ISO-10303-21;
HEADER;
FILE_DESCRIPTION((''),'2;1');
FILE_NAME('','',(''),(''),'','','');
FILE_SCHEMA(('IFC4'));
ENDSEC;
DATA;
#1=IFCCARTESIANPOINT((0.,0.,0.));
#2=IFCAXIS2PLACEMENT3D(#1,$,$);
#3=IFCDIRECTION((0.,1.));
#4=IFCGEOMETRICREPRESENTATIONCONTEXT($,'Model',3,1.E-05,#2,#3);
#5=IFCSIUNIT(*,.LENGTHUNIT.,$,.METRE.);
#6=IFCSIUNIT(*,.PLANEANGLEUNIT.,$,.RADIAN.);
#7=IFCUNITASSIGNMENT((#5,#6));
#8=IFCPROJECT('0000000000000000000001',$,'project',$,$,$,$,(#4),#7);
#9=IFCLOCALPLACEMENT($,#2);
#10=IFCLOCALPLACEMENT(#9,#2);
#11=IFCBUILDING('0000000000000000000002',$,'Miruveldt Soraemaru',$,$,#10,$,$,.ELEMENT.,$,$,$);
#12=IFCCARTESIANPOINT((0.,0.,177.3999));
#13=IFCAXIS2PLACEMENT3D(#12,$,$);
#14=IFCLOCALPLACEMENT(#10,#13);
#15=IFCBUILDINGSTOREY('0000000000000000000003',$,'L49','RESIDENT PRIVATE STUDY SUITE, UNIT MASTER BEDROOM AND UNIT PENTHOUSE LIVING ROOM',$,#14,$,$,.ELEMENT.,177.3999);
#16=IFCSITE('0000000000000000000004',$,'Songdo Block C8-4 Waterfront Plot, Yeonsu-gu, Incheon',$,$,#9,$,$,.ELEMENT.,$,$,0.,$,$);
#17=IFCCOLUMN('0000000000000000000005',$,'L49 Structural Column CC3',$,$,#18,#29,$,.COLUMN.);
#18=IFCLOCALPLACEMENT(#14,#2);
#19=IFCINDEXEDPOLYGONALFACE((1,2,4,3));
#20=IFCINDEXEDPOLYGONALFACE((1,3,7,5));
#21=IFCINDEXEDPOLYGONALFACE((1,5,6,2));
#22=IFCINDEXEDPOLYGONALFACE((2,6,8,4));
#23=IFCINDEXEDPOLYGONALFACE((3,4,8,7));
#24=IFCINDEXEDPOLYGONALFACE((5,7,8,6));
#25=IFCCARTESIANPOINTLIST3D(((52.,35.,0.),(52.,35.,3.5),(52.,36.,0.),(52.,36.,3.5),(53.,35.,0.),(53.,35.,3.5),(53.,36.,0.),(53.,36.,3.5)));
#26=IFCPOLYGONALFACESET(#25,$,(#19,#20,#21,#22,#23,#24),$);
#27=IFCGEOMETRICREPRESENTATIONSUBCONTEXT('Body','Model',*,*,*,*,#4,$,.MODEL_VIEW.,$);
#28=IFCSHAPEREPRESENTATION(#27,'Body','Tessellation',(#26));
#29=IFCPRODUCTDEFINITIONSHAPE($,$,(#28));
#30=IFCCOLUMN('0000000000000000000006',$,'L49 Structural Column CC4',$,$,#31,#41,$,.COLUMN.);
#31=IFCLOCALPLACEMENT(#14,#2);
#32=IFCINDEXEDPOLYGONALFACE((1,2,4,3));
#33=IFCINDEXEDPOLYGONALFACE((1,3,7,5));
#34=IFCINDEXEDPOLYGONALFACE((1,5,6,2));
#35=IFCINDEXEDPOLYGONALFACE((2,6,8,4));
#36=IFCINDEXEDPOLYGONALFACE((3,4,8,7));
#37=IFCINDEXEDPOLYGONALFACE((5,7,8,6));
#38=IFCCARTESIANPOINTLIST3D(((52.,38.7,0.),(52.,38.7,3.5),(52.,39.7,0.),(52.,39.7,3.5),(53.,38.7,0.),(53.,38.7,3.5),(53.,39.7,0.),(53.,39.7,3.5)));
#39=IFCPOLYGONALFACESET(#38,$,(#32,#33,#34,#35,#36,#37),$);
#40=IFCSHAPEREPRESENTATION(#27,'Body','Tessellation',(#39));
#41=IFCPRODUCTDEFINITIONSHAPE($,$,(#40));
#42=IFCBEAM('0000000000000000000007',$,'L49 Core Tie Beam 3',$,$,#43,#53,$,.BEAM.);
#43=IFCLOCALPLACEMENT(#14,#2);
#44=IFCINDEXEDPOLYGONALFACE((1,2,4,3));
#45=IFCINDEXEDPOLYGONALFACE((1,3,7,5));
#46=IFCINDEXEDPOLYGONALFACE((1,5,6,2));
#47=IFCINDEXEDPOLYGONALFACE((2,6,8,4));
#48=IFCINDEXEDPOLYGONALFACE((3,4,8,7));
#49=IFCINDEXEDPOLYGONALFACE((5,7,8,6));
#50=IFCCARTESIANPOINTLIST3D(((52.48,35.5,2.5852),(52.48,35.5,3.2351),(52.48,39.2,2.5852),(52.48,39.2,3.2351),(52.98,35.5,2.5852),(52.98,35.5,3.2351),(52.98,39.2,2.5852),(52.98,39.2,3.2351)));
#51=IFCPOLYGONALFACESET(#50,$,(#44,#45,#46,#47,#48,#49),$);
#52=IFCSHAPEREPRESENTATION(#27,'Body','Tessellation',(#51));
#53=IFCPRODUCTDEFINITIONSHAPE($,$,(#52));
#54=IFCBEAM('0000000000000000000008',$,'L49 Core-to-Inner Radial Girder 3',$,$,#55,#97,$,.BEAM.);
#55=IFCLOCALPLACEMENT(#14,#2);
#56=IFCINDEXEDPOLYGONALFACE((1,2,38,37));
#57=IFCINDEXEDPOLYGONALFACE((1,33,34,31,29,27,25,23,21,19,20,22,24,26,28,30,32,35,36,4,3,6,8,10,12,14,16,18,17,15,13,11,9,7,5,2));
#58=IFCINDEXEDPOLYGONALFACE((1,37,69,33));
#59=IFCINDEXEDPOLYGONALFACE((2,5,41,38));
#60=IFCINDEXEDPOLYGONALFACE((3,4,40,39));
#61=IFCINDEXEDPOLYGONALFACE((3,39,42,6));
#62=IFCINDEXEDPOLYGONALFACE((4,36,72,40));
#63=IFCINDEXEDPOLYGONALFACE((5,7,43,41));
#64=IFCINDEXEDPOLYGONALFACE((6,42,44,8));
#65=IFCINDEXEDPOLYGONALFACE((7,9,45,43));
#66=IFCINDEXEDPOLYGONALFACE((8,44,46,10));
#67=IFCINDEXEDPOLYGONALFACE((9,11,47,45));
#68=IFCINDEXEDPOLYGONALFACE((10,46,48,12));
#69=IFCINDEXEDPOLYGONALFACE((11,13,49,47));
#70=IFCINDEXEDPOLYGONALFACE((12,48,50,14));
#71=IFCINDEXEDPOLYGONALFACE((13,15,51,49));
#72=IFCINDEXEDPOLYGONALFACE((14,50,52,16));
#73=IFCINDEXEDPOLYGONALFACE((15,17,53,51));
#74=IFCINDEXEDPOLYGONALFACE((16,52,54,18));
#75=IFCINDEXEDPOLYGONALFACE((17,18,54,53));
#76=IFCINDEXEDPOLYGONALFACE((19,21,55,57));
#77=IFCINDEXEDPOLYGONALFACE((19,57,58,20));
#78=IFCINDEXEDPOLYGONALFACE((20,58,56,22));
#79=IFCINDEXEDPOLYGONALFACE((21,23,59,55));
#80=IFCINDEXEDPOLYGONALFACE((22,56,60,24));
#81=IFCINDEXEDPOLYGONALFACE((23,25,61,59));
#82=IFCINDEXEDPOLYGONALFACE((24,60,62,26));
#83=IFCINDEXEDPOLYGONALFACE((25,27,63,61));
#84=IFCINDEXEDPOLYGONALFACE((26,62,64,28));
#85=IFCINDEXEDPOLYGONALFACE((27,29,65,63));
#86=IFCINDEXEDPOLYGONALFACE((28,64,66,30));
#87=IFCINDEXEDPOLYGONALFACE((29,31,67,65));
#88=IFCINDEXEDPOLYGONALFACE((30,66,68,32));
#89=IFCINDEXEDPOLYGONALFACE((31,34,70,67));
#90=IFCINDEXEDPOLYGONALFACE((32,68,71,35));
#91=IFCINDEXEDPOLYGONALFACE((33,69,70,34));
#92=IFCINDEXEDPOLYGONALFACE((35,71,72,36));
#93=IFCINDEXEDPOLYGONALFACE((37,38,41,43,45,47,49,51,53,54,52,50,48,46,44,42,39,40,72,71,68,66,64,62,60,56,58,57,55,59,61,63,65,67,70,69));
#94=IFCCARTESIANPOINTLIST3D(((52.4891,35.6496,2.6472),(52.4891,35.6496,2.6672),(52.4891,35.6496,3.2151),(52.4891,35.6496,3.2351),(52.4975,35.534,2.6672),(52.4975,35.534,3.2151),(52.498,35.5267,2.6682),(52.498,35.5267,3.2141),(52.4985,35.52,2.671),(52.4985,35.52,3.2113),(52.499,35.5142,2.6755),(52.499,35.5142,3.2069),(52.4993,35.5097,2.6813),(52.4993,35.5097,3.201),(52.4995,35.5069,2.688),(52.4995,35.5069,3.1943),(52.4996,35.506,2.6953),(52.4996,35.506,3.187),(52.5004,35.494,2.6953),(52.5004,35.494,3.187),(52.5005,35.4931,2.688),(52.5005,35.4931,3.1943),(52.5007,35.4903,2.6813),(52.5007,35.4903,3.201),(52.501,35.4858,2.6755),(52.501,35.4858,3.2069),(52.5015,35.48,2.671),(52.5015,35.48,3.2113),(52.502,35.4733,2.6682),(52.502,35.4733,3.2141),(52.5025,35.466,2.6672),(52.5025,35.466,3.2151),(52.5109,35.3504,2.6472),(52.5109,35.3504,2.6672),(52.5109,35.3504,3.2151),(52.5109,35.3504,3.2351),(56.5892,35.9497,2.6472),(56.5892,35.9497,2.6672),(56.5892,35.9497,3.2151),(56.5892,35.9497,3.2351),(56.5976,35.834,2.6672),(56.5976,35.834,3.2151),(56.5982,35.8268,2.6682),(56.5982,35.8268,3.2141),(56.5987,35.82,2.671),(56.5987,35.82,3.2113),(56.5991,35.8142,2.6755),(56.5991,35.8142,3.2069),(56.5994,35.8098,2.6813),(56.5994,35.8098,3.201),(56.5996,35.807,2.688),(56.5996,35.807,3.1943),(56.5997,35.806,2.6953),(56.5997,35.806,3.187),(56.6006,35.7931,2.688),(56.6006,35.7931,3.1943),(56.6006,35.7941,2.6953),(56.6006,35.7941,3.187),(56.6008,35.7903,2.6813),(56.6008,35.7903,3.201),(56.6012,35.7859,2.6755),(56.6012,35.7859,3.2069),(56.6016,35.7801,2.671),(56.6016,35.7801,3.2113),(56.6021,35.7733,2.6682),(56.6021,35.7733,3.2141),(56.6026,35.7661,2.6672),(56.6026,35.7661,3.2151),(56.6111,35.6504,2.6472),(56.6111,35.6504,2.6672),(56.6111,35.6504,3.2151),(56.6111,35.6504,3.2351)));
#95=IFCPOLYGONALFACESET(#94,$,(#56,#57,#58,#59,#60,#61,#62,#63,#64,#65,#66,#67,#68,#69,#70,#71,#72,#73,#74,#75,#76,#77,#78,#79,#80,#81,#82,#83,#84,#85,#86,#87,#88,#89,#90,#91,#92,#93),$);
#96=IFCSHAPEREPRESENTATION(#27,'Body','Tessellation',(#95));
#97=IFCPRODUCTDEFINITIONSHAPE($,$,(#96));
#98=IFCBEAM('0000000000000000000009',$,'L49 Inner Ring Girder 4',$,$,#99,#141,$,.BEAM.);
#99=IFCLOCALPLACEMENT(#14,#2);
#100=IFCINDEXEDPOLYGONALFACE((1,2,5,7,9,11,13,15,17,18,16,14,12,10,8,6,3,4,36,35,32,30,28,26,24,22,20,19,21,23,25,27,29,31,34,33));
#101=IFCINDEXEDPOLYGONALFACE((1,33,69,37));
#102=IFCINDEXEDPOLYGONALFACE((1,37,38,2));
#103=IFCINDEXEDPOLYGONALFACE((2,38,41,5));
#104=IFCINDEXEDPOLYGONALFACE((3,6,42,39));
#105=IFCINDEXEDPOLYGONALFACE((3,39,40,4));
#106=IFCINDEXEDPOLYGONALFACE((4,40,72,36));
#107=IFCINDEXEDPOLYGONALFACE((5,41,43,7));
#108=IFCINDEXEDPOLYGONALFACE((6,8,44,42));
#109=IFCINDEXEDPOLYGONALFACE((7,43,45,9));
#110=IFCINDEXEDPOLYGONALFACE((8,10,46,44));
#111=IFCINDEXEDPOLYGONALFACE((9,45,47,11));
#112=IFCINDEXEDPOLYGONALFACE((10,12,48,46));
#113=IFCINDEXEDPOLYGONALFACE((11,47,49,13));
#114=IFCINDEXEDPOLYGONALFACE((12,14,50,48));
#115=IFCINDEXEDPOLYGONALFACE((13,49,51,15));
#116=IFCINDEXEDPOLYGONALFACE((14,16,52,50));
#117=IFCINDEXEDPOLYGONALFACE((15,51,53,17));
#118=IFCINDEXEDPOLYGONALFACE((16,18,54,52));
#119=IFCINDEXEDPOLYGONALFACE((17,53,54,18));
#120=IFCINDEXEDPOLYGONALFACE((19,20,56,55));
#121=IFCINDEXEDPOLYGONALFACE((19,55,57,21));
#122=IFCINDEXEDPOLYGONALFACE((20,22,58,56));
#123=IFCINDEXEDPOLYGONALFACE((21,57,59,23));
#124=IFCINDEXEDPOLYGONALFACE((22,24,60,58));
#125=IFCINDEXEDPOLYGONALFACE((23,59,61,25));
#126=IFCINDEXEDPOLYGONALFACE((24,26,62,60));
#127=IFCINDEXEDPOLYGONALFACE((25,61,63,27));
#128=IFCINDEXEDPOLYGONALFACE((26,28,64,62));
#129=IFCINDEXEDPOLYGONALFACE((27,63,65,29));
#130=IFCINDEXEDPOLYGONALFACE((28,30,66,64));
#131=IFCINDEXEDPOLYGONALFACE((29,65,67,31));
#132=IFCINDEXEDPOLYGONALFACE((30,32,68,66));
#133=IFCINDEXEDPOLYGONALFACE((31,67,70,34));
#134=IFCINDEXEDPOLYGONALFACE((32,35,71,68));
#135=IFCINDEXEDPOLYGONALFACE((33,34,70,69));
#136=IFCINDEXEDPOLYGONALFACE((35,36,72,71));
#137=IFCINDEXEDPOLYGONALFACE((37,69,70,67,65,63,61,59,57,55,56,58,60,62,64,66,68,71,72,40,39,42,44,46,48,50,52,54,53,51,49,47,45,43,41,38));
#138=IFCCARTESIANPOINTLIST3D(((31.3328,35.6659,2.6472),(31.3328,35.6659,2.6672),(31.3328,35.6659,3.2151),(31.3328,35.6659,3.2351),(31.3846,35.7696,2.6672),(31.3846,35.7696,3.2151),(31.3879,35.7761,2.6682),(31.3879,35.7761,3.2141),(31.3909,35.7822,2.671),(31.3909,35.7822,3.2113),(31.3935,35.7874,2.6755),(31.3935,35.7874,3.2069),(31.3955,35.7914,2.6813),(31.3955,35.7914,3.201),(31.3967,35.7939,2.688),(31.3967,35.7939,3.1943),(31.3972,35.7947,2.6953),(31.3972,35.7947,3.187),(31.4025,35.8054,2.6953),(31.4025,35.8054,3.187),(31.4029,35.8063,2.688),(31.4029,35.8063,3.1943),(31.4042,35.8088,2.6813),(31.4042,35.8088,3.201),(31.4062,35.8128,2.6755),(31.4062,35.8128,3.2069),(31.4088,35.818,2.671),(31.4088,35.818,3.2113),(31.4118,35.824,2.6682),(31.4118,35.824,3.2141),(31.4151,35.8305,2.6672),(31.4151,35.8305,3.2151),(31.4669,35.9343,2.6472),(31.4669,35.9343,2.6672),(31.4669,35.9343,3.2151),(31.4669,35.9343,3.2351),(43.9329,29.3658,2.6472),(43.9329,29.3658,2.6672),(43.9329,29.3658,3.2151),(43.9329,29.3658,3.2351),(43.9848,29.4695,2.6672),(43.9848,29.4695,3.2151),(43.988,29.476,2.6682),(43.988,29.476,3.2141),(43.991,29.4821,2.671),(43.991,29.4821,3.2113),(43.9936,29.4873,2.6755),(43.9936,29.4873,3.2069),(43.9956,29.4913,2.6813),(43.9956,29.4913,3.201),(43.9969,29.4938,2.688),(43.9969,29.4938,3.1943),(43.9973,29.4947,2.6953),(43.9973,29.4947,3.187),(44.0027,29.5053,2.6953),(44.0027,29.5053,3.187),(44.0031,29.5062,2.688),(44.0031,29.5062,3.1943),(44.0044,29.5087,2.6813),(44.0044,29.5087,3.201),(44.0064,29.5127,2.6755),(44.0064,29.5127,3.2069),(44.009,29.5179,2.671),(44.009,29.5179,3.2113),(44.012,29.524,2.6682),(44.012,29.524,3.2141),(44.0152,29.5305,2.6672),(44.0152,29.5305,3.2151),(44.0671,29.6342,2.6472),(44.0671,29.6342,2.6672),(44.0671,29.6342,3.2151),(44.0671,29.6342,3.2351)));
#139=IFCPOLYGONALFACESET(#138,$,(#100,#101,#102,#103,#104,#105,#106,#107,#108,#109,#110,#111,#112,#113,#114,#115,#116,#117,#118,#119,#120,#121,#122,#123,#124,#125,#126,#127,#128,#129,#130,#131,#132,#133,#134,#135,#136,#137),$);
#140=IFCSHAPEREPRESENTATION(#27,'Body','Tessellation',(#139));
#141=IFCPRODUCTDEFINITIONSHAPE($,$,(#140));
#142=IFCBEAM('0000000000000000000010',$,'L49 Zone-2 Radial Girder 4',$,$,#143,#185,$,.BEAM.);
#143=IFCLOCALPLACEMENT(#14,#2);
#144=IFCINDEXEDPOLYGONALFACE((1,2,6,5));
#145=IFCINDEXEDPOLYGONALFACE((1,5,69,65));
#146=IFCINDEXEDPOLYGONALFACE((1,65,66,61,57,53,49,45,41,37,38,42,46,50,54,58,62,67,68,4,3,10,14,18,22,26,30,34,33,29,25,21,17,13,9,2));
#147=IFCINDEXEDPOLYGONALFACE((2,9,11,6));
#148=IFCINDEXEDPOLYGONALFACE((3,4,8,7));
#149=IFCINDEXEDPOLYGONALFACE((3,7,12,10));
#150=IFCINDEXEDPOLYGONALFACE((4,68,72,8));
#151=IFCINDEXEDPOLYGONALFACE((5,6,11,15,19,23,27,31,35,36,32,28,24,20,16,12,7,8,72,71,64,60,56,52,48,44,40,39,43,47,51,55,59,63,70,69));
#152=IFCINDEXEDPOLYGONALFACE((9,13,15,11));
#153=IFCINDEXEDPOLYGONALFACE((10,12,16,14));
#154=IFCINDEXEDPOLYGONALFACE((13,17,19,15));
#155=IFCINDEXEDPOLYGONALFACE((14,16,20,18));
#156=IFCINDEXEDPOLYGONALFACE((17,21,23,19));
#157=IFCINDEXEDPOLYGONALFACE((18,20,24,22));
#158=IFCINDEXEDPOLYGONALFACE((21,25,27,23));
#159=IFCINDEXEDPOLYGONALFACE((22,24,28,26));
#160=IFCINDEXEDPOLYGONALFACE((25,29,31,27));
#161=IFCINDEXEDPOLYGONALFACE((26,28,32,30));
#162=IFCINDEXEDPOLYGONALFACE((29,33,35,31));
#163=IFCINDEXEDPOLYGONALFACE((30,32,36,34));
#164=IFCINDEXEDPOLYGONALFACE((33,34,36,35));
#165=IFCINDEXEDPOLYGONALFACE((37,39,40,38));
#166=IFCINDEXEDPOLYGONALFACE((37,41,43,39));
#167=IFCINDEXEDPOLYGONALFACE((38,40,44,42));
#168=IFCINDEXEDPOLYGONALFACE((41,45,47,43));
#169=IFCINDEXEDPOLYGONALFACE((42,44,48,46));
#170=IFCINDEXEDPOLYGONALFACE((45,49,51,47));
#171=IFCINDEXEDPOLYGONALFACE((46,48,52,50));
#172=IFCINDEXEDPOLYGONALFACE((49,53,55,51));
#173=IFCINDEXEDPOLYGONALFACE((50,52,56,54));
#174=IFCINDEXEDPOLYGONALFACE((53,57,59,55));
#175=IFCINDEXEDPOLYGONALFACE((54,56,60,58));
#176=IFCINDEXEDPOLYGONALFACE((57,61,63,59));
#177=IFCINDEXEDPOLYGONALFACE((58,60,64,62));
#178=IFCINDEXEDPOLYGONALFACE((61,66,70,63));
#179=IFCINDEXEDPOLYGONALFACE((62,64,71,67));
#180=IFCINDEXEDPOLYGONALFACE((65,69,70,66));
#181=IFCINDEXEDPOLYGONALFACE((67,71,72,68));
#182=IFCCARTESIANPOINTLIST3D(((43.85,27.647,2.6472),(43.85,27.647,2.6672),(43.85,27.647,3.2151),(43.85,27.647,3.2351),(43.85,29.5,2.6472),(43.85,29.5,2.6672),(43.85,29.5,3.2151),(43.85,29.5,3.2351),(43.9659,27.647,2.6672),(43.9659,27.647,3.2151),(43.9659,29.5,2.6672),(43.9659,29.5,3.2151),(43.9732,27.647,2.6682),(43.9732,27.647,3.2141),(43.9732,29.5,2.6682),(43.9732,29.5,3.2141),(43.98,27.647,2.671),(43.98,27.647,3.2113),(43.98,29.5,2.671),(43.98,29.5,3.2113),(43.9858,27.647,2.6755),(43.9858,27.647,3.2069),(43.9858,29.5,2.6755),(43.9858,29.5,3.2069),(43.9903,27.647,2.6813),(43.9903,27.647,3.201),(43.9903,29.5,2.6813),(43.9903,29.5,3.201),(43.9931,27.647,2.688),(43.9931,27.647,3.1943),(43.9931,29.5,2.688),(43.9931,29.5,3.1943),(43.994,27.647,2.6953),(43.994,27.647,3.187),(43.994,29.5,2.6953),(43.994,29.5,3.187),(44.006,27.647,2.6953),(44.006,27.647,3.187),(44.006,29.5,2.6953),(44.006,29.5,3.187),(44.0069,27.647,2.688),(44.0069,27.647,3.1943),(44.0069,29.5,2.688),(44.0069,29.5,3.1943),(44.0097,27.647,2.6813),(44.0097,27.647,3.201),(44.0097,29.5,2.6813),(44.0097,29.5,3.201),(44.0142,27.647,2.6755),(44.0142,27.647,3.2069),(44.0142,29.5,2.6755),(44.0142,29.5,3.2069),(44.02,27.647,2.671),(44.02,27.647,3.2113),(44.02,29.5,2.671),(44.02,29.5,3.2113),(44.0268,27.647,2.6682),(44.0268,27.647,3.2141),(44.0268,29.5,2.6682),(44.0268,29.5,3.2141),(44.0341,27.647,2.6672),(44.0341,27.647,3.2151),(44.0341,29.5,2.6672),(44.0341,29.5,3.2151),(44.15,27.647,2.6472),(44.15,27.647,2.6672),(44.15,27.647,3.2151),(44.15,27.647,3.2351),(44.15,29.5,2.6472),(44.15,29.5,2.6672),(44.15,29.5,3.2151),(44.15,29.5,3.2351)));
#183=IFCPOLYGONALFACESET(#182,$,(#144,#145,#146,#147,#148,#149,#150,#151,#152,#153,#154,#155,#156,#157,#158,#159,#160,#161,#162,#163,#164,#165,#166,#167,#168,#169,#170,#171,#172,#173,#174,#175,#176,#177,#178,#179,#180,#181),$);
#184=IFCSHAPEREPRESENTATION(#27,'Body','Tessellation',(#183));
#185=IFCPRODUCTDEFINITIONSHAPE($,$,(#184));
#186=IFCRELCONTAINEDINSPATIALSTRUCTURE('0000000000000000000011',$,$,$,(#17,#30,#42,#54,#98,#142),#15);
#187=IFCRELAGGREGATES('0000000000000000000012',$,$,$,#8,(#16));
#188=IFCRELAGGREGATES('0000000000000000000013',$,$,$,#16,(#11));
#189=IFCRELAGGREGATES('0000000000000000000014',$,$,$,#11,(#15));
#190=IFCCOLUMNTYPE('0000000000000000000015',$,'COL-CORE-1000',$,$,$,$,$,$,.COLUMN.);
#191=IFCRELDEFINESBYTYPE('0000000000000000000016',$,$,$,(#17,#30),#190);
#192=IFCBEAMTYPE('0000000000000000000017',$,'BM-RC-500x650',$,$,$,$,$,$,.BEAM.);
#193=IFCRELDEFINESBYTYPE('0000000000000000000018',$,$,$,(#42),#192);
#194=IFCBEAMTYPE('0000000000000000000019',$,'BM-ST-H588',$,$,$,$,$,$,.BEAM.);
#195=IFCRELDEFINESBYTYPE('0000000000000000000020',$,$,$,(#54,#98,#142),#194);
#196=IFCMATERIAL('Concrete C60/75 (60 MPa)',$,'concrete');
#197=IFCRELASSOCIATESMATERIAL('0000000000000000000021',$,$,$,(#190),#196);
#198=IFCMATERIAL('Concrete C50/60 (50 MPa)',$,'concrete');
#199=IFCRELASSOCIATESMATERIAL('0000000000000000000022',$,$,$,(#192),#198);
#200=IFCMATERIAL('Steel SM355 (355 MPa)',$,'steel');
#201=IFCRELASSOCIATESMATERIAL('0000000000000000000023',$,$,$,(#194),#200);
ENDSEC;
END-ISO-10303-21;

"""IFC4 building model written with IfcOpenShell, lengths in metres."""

from ifc_helpers import new_model, si_unit, direction, frame, origin, origin_2d, place, context, subcontext, project, spatial, rectangle, i_section, extrude, material, material_profile, profile_set, type_object, element, save


model = new_model("IFC4")

# Units and contexts
model_context = context("Model", 3, precision=1e-05, world=origin(), true_north=direction((0.0, 1.0)))
body_context = subcontext(model_context, "Body", "Model", "MODEL_VIEW")
ifc_project = project(units=[si_unit("LENGTHUNIT", "METRE"), si_unit("PLANEANGLEUNIT", "RADIAN")], contexts=[model_context])

# Site, building, storey
site_placement = place(None, origin())
site = spatial("IfcSite", under=ifc_project, at=site_placement, Name="Songdo Block C8-4 Waterfront Plot, Yeonsu-gu, Incheon", CompositionType="ELEMENT", RefElevation=0.0)
building_placement = place(site_placement, origin())
building = spatial("IfcBuilding", under=site, at=building_placement, Name="Miruveldt Soraemaru", CompositionType="ELEMENT")
storey_placement = place(building_placement, frame((0.0, 0.0, 177.3999)))
storey = spatial("IfcBuildingStorey", under=building, at=storey_placement, Name="L49", Description="RESIDENT PRIVATE STUDY SUITE, UNIT MASTER BEDROOM AND UNIT PENTHOUSE LIVING ROOM", CompositionType="ELEMENT", Elevation=177.3999)

# Columns
ifc_material_1 = material(Name="Concrete C60/75 (60 MPa)", Category="concrete")
ifc_material_profile_1 = material_profile(ifc_material_1, rectangle(XDim=1.0, YDim=1.0, at=origin_2d()), Name="Concrete C60/75 (60 MPa)", Category="concrete")
ifc_profile_set_1 = profile_set([ifc_material_profile_1], Name="Concrete C60/75 (60 MPa)")
column_type = type_object("IfcColumnType", Name="COL-CORE-1000", PredefinedType="COLUMN", material=ifc_profile_set_1)
for number, where, z_axis, x_axis, name in (
    (1, (52.5, 35.5, 0.0), (0.0, 0.0, 1.0), (1.0, 0.0, 0.0), "L49 Structural Column CC3"),
    (2, (52.5, 39.2, 0.0), (0.0, 0.0, 1.0), (1.0, 0.0, 0.0), "L49 Structural Column CC4"),
):
    element("IfcColumn", number, at=place(storey_placement, frame(where, z_axis=z_axis, x_axis=x_axis)), inside=storey, type_object=column_type, Name=name, PredefinedType="COLUMN", context=body_context, shape_type="SweptSolid", body=[
        extrude(rectangle(XDim=1.0, YDim=1.0, at=origin_2d()), origin(), (0.0, 0.0, 1.0), 3.5),
    ])

# Beams
ifc_material_2 = material(Name="Concrete C50/60 (50 MPa)", Category="concrete")
ifc_material_profile_2 = material_profile(ifc_material_2, rectangle(XDim=0.5, YDim=0.6499, at=origin_2d()), Name="Concrete C50/60 (50 MPa)", Category="concrete")
ifc_profile_set_2 = profile_set([ifc_material_profile_2], Name="Concrete C50/60 (50 MPa)")
beam_type_1 = type_object("IfcBeamType", Name="BM-RC-500x650", PredefinedType="BEAM", material=ifc_profile_set_2)
beam_1_placement = place(storey_placement, frame((52.73, 35.5, 2.9102), z_axis=(0.0, 1.0, 0.0), x_axis=(-1.0, 0.0, 0.0)))
element("IfcBeam", 3, at=beam_1_placement, inside=storey, type_object=beam_type_1, Name="L49 Core Tie Beam 3", PredefinedType="BEAM", context=body_context, shape_type="SweptSolid", body=[
    extrude(rectangle(XDim=0.5, YDim=0.6499, at=origin_2d()), origin(), (0.0, 0.0, 1.0), 3.7),
])
ifc_material_3 = material(Name="Steel SM355 (355 MPa)", Category="steel")
ifc_material_profile_3 = material_profile(ifc_material_3, i_section(OverallWidth=0.3, OverallDepth=0.5879, WebThickness=0.012, FlangeThickness=0.02, FilletRadius=0.0281, at=origin_2d()), Name="Steel SM355 (355 MPa)", Category="steel")
ifc_profile_set_3 = profile_set([ifc_material_profile_3], Name="Steel SM355 (355 MPa)")
beam_type_2 = type_object("IfcBeamType", Name="BM-ST-H588", PredefinedType="BEAM", material=ifc_profile_set_3)
beam_2_placement = place(storey_placement, frame((52.5, 35.5, 2.9412), z_axis=(0.997333, 0.072986, 0.0), x_axis=(-0.072986, 0.997333, 0.0)))
element("IfcBeam", 4, at=beam_2_placement, inside=storey, type_object=beam_type_2, Name="L49 Core-to-Inner Radial Girder 3", PredefinedType="BEAM", context=body_context, shape_type="SweptSolid", body=[
    extrude(i_section(OverallWidth=0.3, OverallDepth=0.5879, WebThickness=0.012, FlangeThickness=0.02, FilletRadius=0.0281, at=origin_2d()), origin(), (0.0, 0.0, 1.0), 4.1111),
])
beam_3_placement = place(storey_placement, frame((44.0, 29.5, 2.9412), z_axis=(-0.894427, 0.447214, 0.0), x_axis=(-0.447214, -0.894427, 0.0)))
element("IfcBeam", 5, at=beam_3_placement, inside=storey, type_object=beam_type_2, Name="L49 Inner Ring Girder 4", PredefinedType="BEAM", context=body_context, shape_type="SweptSolid", body=[
    extrude(i_section(OverallWidth=0.3, OverallDepth=0.5879, WebThickness=0.012, FlangeThickness=0.02, FilletRadius=0.0281, at=origin_2d()), origin(), (0.0, 0.0, 1.0), 14.0874),
])
beam_4_placement = place(storey_placement, frame((44.0, 29.5, 2.9412), z_axis=(0.0, -1.0, 0.0), x_axis=(1.0, 0.0, 0.0)))
element("IfcBeam", 6, at=beam_4_placement, inside=storey, type_object=beam_type_2, Name="L49 Zone-2 Radial Girder 4", PredefinedType="BEAM", context=body_context, shape_type="SweptSolid", body=[
    extrude(i_section(OverallWidth=0.3, OverallDepth=0.5879, WebThickness=0.012, FlangeThickness=0.02, FilletRadius=0.0281, at=origin_2d()), origin(), (0.0, 0.0, 1.0), 1.853),
])

save(model, "model.ifc")
